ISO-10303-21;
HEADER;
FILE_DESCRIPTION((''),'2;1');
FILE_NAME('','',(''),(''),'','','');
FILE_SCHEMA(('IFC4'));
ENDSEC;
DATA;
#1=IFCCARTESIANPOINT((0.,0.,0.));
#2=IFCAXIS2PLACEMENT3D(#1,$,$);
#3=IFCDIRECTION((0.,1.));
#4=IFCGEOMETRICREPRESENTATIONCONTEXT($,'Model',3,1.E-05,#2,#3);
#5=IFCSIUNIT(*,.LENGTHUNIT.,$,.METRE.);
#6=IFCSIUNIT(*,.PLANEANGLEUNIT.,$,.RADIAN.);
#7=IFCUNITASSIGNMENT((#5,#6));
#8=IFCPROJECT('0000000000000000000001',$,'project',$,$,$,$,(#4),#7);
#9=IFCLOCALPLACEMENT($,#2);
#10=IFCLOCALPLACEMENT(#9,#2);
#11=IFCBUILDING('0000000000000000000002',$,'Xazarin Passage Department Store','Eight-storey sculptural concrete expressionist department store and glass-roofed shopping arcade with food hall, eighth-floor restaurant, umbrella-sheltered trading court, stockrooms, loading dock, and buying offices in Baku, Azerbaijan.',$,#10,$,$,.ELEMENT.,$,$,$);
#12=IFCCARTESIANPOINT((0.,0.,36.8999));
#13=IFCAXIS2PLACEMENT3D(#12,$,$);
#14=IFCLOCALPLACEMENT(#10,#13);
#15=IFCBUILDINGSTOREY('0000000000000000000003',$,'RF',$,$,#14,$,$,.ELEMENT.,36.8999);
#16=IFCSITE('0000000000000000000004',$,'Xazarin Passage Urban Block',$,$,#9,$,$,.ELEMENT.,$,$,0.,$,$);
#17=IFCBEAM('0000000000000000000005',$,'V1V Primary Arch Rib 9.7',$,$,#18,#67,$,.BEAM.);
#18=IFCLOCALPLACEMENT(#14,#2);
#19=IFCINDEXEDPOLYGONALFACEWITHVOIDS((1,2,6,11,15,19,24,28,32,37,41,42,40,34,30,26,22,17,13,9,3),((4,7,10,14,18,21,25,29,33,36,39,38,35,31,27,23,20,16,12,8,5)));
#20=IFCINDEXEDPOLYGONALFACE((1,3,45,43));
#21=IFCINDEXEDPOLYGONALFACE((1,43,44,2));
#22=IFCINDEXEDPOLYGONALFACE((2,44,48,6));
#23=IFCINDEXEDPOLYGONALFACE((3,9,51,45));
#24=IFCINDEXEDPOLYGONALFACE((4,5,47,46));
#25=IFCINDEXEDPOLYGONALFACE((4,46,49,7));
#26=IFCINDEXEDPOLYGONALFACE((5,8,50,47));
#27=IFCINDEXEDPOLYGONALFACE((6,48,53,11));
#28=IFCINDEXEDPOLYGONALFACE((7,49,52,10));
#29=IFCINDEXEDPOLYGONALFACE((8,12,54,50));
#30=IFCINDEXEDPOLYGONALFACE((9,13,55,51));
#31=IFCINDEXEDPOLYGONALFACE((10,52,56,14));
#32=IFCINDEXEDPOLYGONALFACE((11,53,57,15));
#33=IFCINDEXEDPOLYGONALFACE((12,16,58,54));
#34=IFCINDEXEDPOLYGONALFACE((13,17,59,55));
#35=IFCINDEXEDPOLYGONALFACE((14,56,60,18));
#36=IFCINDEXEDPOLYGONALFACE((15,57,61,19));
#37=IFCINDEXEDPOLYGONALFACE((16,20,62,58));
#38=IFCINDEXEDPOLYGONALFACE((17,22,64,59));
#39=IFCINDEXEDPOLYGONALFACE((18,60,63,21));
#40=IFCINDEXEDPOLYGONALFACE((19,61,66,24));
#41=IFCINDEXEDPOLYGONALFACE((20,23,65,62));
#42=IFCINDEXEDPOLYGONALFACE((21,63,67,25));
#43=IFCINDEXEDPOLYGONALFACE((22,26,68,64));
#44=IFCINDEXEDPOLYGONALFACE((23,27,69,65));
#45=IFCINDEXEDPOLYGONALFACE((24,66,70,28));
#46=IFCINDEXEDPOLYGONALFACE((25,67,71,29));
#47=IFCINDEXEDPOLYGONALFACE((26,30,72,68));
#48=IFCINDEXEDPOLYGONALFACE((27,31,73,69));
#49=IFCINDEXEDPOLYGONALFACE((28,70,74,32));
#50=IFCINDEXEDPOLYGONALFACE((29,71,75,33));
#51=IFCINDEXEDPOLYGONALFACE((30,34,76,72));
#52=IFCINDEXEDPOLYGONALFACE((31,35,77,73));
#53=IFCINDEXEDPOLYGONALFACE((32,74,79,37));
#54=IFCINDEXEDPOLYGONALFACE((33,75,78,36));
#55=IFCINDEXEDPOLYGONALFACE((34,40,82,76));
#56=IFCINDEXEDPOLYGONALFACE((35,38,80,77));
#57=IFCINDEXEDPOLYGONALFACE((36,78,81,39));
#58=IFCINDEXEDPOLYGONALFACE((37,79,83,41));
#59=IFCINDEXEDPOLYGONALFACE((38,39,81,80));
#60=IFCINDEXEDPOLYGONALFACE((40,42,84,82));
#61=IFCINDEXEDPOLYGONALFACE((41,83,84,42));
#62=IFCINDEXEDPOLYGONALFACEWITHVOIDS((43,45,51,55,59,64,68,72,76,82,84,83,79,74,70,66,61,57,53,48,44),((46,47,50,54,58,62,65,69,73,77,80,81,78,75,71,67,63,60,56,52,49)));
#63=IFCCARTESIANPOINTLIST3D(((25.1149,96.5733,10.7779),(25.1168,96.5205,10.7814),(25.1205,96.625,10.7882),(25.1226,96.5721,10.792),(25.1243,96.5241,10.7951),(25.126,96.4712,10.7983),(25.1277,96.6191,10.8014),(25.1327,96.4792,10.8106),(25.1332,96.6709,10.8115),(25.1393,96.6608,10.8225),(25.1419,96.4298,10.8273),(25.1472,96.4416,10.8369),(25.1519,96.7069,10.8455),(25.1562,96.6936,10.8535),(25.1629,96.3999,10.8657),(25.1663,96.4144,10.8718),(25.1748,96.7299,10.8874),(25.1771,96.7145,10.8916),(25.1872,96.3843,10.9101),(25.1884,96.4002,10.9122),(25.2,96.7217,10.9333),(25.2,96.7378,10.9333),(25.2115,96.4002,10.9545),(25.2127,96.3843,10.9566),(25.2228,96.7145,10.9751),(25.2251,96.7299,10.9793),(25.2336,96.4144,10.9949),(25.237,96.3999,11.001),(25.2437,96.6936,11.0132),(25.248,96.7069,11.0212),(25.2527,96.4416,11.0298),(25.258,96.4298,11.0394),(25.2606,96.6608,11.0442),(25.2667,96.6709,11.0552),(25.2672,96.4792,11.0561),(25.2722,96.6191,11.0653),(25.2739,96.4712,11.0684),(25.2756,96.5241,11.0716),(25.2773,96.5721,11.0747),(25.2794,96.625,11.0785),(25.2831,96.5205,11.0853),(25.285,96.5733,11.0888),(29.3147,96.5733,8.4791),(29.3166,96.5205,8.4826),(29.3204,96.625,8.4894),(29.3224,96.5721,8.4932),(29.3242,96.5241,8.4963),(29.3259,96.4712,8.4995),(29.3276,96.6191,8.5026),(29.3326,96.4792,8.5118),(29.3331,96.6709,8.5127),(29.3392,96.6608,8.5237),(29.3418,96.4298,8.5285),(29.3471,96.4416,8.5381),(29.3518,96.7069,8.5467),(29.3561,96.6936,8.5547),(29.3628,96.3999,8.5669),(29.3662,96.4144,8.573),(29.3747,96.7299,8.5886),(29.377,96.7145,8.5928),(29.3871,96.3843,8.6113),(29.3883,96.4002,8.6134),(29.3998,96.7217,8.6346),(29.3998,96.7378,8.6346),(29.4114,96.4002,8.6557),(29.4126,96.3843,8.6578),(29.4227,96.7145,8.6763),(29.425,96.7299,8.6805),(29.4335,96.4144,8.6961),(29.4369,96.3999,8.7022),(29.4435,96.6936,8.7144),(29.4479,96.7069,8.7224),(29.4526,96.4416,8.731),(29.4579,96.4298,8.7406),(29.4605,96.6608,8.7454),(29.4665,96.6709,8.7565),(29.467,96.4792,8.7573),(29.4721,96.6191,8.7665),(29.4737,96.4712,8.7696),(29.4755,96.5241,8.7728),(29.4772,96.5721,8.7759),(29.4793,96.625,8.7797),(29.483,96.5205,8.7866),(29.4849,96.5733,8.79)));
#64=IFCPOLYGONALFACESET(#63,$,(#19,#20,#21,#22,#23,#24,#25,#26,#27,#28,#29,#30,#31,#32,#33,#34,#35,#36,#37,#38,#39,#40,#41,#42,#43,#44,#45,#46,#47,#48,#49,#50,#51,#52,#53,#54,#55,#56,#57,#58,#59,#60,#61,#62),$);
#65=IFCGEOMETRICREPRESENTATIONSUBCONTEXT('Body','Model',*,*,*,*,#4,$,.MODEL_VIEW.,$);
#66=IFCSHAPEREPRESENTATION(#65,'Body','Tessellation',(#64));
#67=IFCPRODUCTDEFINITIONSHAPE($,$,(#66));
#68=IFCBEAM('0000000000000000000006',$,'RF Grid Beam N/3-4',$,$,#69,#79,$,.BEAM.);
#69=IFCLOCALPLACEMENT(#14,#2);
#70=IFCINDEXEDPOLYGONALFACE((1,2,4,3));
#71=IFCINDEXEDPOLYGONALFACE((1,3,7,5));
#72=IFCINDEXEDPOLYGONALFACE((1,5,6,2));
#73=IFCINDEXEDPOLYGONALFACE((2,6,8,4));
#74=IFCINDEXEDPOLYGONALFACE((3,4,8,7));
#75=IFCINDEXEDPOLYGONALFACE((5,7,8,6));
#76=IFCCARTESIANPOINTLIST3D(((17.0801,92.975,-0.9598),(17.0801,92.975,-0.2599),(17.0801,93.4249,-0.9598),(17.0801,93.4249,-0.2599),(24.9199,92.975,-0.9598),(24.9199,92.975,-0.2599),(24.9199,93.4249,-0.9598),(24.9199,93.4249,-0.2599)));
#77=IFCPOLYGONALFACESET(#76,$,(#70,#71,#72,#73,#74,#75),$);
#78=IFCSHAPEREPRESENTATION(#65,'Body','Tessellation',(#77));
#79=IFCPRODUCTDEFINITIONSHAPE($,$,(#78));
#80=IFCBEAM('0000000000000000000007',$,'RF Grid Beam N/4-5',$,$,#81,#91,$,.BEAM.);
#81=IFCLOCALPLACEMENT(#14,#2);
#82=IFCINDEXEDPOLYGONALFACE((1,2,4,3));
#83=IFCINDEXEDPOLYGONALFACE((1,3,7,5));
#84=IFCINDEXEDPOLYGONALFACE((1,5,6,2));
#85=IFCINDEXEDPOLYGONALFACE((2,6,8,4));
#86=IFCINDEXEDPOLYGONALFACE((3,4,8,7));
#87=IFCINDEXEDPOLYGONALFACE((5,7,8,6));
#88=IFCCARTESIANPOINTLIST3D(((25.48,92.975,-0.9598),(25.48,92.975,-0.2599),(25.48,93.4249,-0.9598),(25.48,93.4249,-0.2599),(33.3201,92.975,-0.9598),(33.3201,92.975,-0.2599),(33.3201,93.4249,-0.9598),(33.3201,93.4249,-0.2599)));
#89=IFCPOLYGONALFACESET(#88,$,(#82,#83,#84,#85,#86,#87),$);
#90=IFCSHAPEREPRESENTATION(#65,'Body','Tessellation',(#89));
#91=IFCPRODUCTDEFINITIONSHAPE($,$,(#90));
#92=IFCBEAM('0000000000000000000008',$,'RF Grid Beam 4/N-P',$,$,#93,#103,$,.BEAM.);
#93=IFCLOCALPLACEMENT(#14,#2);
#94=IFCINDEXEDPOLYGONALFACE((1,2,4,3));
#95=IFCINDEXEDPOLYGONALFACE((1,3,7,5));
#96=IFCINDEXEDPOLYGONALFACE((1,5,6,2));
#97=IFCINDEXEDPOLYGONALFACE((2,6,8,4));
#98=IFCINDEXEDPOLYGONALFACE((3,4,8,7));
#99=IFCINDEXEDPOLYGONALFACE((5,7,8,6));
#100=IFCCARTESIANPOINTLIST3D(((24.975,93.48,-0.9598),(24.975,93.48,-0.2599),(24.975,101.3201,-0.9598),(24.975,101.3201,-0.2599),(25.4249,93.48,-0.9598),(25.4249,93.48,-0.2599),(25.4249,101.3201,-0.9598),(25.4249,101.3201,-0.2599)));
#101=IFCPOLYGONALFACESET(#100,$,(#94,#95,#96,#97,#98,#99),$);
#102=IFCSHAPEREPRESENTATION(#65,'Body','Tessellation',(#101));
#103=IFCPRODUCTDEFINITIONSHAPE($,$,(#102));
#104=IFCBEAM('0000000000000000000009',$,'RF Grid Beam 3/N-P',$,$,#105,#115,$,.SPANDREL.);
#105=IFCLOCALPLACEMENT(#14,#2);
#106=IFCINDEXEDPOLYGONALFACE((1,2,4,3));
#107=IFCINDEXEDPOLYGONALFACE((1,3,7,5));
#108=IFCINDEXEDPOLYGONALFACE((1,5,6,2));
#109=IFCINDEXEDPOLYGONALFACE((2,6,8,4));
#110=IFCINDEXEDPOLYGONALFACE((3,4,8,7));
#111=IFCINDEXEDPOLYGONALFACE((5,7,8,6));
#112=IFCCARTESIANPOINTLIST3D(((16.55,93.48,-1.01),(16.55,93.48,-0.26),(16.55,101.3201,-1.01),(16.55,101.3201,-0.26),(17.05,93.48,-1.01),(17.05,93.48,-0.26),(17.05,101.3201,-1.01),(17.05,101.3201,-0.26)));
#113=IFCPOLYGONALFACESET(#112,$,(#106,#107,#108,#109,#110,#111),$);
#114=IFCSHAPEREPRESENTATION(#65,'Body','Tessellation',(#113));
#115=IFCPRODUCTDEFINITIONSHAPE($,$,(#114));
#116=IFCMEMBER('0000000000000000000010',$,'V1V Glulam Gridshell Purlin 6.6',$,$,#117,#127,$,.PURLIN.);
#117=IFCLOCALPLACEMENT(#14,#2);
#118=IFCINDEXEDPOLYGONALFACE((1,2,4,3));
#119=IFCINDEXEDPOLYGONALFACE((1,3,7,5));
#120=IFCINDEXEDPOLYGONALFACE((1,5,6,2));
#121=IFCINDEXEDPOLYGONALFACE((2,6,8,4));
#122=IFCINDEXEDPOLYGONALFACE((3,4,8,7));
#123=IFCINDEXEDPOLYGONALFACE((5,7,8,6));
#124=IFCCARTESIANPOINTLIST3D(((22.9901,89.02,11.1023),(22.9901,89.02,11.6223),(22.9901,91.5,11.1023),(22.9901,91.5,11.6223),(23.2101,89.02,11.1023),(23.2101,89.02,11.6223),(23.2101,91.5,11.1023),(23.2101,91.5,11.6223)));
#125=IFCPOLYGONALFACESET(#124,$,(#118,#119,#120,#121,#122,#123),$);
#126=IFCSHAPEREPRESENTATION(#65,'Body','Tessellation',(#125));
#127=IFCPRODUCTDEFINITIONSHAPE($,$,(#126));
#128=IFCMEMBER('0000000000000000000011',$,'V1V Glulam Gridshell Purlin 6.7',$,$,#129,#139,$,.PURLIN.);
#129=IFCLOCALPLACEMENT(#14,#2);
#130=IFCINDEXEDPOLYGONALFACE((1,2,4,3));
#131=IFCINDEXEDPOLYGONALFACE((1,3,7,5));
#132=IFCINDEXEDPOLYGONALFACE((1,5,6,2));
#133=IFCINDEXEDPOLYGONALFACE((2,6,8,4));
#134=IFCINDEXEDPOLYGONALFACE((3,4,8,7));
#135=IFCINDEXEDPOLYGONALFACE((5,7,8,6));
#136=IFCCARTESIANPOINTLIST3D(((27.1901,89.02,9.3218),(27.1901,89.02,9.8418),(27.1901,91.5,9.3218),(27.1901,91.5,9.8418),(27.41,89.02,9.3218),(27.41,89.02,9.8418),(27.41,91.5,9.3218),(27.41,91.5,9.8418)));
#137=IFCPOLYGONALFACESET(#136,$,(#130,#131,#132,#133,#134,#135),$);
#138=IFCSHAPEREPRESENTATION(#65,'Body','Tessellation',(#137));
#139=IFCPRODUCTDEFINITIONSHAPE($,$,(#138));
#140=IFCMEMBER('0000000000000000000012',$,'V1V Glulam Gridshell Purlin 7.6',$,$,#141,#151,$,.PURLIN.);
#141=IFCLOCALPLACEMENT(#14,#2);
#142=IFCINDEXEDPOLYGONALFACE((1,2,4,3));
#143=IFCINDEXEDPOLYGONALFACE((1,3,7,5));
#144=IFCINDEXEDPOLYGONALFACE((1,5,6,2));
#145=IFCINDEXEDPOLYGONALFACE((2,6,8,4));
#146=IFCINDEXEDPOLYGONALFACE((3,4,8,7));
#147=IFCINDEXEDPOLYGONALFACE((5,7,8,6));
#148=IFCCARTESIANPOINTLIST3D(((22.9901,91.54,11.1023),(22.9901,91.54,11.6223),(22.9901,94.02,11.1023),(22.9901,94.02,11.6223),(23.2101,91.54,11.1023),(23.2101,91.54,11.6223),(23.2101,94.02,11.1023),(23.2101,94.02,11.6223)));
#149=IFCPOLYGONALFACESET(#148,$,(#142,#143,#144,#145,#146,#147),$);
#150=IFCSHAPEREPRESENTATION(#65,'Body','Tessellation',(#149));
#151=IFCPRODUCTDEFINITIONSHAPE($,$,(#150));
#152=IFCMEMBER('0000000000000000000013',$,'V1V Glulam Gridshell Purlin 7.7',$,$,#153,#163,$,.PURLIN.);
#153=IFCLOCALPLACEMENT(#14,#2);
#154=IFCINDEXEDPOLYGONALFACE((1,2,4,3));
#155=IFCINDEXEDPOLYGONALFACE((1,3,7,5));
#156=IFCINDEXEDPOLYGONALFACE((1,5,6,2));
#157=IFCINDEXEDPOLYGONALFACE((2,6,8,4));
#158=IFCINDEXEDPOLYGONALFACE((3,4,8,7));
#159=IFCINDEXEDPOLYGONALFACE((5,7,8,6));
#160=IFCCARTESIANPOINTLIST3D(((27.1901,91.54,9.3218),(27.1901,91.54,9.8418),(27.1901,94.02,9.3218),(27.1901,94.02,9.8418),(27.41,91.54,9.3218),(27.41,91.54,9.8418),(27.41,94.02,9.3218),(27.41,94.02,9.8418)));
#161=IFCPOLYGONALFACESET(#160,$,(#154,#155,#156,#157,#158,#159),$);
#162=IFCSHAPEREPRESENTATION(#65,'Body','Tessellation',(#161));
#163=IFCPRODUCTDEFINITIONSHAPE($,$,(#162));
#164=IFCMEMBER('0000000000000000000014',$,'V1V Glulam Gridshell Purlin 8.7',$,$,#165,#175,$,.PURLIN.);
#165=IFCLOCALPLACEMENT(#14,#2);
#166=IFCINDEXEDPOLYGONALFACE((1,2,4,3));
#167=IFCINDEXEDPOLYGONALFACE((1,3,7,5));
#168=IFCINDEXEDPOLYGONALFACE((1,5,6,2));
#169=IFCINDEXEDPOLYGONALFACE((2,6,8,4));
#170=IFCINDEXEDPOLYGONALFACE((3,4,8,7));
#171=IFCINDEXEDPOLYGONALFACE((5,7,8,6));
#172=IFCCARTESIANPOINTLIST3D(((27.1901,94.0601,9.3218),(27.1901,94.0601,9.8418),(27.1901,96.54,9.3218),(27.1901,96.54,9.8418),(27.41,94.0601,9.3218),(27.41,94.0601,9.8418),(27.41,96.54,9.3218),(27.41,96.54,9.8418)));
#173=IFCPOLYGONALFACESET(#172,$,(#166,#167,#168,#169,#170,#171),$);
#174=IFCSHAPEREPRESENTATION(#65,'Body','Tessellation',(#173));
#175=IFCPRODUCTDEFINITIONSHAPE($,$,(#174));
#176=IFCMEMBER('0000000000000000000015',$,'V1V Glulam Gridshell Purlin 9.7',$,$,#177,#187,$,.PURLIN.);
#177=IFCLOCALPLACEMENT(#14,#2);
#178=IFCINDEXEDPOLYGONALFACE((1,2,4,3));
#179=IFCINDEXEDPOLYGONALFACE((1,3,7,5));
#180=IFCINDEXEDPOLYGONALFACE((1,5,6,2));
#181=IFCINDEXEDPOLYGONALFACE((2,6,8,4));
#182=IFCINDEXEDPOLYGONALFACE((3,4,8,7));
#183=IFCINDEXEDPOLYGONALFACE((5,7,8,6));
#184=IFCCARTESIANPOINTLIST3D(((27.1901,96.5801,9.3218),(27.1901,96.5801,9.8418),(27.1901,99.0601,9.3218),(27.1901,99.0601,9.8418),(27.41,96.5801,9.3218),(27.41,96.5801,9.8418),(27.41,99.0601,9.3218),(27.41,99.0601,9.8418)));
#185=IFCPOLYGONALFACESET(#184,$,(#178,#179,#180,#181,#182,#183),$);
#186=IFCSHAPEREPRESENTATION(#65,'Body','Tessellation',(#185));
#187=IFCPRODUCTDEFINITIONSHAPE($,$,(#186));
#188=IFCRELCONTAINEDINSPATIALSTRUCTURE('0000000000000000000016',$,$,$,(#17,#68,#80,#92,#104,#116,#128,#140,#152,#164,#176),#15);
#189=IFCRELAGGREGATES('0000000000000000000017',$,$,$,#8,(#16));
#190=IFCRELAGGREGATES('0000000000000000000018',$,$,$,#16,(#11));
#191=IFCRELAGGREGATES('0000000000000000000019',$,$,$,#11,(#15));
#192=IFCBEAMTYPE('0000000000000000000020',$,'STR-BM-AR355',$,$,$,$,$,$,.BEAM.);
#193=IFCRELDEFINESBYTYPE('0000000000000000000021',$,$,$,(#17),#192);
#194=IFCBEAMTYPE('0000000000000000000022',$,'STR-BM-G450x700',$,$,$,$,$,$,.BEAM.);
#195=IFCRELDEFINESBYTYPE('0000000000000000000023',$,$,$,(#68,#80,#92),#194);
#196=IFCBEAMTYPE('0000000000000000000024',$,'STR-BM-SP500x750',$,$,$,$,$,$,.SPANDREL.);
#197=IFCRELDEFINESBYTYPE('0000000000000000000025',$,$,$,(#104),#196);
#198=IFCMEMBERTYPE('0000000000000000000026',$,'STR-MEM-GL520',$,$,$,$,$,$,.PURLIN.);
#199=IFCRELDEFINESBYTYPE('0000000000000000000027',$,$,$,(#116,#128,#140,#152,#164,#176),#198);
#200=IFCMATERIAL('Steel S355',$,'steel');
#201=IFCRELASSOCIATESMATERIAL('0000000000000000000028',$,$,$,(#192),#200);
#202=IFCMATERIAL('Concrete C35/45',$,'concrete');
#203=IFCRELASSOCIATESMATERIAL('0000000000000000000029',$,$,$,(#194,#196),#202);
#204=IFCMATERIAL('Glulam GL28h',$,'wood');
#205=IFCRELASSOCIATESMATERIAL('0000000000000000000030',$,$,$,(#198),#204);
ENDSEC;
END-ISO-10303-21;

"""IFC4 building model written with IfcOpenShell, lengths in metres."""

from ifc_helpers import new_model, si_unit, direction, frame, origin, origin_2d, place, context, subcontext, project, spatial, rectangle, hollow_circle, extrude, material, material_profile, profile_set, type_object, element, save


model = new_model("IFC4")

# Units and contexts
model_context = context("Model", 3, precision=1e-05, world=origin(), true_north=direction((0.0, 1.0)))
body_context = subcontext(model_context, "Body", "Model", "MODEL_VIEW")
ifc_project = project(units=[si_unit("LENGTHUNIT", "METRE"), si_unit("PLANEANGLEUNIT", "RADIAN")], contexts=[model_context])

# Site, building, storey
site_placement = place(None, origin())
site = spatial("IfcSite", under=ifc_project, at=site_placement, Name="Xazarin Passage Urban Block", CompositionType="ELEMENT", RefElevation=0.0)
building_placement = place(site_placement, origin())
building = spatial("IfcBuilding", under=site, at=building_placement, Name="Xazarin Passage Department Store", Description="Eight-storey sculptural concrete expressionist department store and glass-roofed shopping arcade with food hall, eighth-floor restaurant, umbrella-sheltered trading court, stockrooms, loading dock, and buying offices in Baku, Azerbaijan.", CompositionType="ELEMENT")
storey_placement = place(building_placement, frame((0.0, 0.0, 36.8999)))
storey = spatial("IfcBuildingStorey", under=building, at=storey_placement, Name="RF", CompositionType="ELEMENT", Elevation=36.8999)

# Beams
ifc_material_1 = material(Name="Steel S355", Category="steel")
ifc_material_profile_1 = material_profile(ifc_material_1, hollow_circle(Radius=0.1777, WallThickness=0.0161, at=origin_2d()), Name="CHS 355.6x16")
ifc_profile_set_1 = profile_set([ifc_material_profile_1], Name="Steel S355")
beam_type_1 = type_object("IfcBeamType", Name="STR-BM-AR355", PredefinedType="BEAM", material=ifc_profile_set_1)
beam_1_placement = place(storey_placement, frame((25.2, 96.5601, 10.9333), z_axis=(0.877197, 0.0, -0.480131), x_axis=(0.0, 1.0, 0.0)))
element("IfcBeam", 1, at=beam_1_placement, inside=storey, type_object=beam_type_1, Name="V1V Primary Arch Rib 9.7", PredefinedType="BEAM", context=body_context, shape_type="SweptSolid", body=[
    extrude(hollow_circle(Radius=0.1777, WallThickness=0.0161, at=origin_2d()), origin(), (0.0, 0.0, 1.0), 4.7878),
])
ifc_material_2 = material(Name="Concrete C35/45", Category="concrete")
ifc_material_profile_2 = material_profile(ifc_material_2, rectangle(XDim=0.45, YDim=0.7, at=origin_2d()), Name="RC 450x700")
ifc_profile_set_2 = profile_set([ifc_material_profile_2], Name="Concrete C35/45")
beam_type_2 = type_object("IfcBeamType", Name="STR-BM-G450x700", PredefinedType="BEAM", material=ifc_profile_set_2)
beam_2_placement = place(storey_placement, frame((17.0801, 93.2, -0.6099), z_axis=(1.0, 0.0, 0.0), x_axis=(0.0, 1.0, 0.0)))
element("IfcBeam", 2, at=beam_2_placement, inside=storey, type_object=beam_type_2, Name="RF Grid Beam N/3-4", PredefinedType="BEAM", context=body_context, shape_type="SweptSolid", body=[
    extrude(rectangle(XDim=0.45, YDim=0.7, at=origin_2d()), origin(), (0.0, 0.0, 1.0), 7.8398),
])
for number, where, z_axis, x_axis, name in (
    (3, (25.48, 93.2, -0.6099), (1.0, 0.0, 0.0), (0.0, 1.0, 0.0), "RF Grid Beam N/4-5"),
    (4, (25.2, 93.48, -0.6099), (0.0, 1.0, 0.0), (-1.0, 0.0, 0.0), "RF Grid Beam 4/N-P"),
):
    element("IfcBeam", number, at=place(storey_placement, frame(where, z_axis=z_axis, x_axis=x_axis)), inside=storey, type_object=beam_type_2, Name=name, PredefinedType="BEAM", context=body_context, shape_type="SweptSolid", body=[
        extrude(rectangle(XDim=0.45, YDim=0.7, at=origin_2d()), origin(), (0.0, 0.0, 1.0), 7.8401),
    ])
ifc_material_profile_3 = material_profile(ifc_material_2, rectangle(XDim=0.5, YDim=0.75, at=origin_2d()), Name="RC 500x750")
ifc_profile_set_3 = profile_set([ifc_material_profile_3], Name="Concrete C35/45")
beam_type_3 = type_object("IfcBeamType", Name="STR-BM-SP500x750", PredefinedType="SPANDREL", material=ifc_profile_set_3)
beam_3_placement = place(storey_placement, frame((16.8, 93.48, -0.635), z_axis=(0.0, 1.0, 0.0), x_axis=(-1.0, 0.0, 0.0)))
element("IfcBeam", 5, at=beam_3_placement, inside=storey, type_object=beam_type_3, Name="RF Grid Beam 3/N-P", PredefinedType="SPANDREL", context=body_context, shape_type="SweptSolid", body=[
    extrude(rectangle(XDim=0.5, YDim=0.75, at=origin_2d()), origin(), (0.0, 0.0, 1.0), 7.8401),
])

# Members
ifc_material_3 = material(Name="Glulam GL28h", Category="wood")
ifc_material_profile_4 = material_profile(ifc_material_3, rectangle(XDim=0.22, YDim=0.52, at=origin_2d()), Name="GL28h 220x520")
ifc_profile_set_4 = profile_set([ifc_material_profile_4], Name="Glulam GL28h")
member_type_1 = type_object("IfcMemberType", Name="STR-MEM-GL520", PredefinedType="PURLIN", material=ifc_profile_set_4)
for number, where, z_axis, x_axis, name in (
    (6, (23.1001, 89.02, 11.3623), (0.0, 1.0, 0.0), (-1.0, 0.0, 0.0), "V1V Glulam Gridshell Purlin 6.6"),
    (7, (27.3, 89.02, 9.5818), (0.0, 1.0, 0.0), (-1.0, 0.0, 0.0), "V1V Glulam Gridshell Purlin 6.7"),
    (8, (23.1001, 91.54, 11.3623), (0.0, 1.0, 0.0), (-1.0, 0.0, 0.0), "V1V Glulam Gridshell Purlin 7.6"),
    (9, (27.3, 91.54, 9.5818), (0.0, 1.0, 0.0), (-1.0, 0.0, 0.0), "V1V Glulam Gridshell Purlin 7.7"),
    (10, (27.3, 94.0601, 9.5818), (0.0, 1.0, 0.0), (-1.0, 0.0, 0.0), "V1V Glulam Gridshell Purlin 8.7"),
    (11, (27.3, 96.5801, 9.5818), (0.0, 1.0, 0.0), (-1.0, 0.0, 0.0), "V1V Glulam Gridshell Purlin 9.7"),
):
    element("IfcMember", number, at=place(storey_placement, frame(where, z_axis=z_axis, x_axis=x_axis)), inside=storey, type_object=member_type_1, Name=name, PredefinedType="PURLIN", context=body_context, shape_type="SweptSolid", body=[
        extrude(rectangle(XDim=0.22, YDim=0.52, at=origin_2d()), origin(), (0.0, 0.0, 1.0), 2.48),
    ])

save(model, "model.ifc")
